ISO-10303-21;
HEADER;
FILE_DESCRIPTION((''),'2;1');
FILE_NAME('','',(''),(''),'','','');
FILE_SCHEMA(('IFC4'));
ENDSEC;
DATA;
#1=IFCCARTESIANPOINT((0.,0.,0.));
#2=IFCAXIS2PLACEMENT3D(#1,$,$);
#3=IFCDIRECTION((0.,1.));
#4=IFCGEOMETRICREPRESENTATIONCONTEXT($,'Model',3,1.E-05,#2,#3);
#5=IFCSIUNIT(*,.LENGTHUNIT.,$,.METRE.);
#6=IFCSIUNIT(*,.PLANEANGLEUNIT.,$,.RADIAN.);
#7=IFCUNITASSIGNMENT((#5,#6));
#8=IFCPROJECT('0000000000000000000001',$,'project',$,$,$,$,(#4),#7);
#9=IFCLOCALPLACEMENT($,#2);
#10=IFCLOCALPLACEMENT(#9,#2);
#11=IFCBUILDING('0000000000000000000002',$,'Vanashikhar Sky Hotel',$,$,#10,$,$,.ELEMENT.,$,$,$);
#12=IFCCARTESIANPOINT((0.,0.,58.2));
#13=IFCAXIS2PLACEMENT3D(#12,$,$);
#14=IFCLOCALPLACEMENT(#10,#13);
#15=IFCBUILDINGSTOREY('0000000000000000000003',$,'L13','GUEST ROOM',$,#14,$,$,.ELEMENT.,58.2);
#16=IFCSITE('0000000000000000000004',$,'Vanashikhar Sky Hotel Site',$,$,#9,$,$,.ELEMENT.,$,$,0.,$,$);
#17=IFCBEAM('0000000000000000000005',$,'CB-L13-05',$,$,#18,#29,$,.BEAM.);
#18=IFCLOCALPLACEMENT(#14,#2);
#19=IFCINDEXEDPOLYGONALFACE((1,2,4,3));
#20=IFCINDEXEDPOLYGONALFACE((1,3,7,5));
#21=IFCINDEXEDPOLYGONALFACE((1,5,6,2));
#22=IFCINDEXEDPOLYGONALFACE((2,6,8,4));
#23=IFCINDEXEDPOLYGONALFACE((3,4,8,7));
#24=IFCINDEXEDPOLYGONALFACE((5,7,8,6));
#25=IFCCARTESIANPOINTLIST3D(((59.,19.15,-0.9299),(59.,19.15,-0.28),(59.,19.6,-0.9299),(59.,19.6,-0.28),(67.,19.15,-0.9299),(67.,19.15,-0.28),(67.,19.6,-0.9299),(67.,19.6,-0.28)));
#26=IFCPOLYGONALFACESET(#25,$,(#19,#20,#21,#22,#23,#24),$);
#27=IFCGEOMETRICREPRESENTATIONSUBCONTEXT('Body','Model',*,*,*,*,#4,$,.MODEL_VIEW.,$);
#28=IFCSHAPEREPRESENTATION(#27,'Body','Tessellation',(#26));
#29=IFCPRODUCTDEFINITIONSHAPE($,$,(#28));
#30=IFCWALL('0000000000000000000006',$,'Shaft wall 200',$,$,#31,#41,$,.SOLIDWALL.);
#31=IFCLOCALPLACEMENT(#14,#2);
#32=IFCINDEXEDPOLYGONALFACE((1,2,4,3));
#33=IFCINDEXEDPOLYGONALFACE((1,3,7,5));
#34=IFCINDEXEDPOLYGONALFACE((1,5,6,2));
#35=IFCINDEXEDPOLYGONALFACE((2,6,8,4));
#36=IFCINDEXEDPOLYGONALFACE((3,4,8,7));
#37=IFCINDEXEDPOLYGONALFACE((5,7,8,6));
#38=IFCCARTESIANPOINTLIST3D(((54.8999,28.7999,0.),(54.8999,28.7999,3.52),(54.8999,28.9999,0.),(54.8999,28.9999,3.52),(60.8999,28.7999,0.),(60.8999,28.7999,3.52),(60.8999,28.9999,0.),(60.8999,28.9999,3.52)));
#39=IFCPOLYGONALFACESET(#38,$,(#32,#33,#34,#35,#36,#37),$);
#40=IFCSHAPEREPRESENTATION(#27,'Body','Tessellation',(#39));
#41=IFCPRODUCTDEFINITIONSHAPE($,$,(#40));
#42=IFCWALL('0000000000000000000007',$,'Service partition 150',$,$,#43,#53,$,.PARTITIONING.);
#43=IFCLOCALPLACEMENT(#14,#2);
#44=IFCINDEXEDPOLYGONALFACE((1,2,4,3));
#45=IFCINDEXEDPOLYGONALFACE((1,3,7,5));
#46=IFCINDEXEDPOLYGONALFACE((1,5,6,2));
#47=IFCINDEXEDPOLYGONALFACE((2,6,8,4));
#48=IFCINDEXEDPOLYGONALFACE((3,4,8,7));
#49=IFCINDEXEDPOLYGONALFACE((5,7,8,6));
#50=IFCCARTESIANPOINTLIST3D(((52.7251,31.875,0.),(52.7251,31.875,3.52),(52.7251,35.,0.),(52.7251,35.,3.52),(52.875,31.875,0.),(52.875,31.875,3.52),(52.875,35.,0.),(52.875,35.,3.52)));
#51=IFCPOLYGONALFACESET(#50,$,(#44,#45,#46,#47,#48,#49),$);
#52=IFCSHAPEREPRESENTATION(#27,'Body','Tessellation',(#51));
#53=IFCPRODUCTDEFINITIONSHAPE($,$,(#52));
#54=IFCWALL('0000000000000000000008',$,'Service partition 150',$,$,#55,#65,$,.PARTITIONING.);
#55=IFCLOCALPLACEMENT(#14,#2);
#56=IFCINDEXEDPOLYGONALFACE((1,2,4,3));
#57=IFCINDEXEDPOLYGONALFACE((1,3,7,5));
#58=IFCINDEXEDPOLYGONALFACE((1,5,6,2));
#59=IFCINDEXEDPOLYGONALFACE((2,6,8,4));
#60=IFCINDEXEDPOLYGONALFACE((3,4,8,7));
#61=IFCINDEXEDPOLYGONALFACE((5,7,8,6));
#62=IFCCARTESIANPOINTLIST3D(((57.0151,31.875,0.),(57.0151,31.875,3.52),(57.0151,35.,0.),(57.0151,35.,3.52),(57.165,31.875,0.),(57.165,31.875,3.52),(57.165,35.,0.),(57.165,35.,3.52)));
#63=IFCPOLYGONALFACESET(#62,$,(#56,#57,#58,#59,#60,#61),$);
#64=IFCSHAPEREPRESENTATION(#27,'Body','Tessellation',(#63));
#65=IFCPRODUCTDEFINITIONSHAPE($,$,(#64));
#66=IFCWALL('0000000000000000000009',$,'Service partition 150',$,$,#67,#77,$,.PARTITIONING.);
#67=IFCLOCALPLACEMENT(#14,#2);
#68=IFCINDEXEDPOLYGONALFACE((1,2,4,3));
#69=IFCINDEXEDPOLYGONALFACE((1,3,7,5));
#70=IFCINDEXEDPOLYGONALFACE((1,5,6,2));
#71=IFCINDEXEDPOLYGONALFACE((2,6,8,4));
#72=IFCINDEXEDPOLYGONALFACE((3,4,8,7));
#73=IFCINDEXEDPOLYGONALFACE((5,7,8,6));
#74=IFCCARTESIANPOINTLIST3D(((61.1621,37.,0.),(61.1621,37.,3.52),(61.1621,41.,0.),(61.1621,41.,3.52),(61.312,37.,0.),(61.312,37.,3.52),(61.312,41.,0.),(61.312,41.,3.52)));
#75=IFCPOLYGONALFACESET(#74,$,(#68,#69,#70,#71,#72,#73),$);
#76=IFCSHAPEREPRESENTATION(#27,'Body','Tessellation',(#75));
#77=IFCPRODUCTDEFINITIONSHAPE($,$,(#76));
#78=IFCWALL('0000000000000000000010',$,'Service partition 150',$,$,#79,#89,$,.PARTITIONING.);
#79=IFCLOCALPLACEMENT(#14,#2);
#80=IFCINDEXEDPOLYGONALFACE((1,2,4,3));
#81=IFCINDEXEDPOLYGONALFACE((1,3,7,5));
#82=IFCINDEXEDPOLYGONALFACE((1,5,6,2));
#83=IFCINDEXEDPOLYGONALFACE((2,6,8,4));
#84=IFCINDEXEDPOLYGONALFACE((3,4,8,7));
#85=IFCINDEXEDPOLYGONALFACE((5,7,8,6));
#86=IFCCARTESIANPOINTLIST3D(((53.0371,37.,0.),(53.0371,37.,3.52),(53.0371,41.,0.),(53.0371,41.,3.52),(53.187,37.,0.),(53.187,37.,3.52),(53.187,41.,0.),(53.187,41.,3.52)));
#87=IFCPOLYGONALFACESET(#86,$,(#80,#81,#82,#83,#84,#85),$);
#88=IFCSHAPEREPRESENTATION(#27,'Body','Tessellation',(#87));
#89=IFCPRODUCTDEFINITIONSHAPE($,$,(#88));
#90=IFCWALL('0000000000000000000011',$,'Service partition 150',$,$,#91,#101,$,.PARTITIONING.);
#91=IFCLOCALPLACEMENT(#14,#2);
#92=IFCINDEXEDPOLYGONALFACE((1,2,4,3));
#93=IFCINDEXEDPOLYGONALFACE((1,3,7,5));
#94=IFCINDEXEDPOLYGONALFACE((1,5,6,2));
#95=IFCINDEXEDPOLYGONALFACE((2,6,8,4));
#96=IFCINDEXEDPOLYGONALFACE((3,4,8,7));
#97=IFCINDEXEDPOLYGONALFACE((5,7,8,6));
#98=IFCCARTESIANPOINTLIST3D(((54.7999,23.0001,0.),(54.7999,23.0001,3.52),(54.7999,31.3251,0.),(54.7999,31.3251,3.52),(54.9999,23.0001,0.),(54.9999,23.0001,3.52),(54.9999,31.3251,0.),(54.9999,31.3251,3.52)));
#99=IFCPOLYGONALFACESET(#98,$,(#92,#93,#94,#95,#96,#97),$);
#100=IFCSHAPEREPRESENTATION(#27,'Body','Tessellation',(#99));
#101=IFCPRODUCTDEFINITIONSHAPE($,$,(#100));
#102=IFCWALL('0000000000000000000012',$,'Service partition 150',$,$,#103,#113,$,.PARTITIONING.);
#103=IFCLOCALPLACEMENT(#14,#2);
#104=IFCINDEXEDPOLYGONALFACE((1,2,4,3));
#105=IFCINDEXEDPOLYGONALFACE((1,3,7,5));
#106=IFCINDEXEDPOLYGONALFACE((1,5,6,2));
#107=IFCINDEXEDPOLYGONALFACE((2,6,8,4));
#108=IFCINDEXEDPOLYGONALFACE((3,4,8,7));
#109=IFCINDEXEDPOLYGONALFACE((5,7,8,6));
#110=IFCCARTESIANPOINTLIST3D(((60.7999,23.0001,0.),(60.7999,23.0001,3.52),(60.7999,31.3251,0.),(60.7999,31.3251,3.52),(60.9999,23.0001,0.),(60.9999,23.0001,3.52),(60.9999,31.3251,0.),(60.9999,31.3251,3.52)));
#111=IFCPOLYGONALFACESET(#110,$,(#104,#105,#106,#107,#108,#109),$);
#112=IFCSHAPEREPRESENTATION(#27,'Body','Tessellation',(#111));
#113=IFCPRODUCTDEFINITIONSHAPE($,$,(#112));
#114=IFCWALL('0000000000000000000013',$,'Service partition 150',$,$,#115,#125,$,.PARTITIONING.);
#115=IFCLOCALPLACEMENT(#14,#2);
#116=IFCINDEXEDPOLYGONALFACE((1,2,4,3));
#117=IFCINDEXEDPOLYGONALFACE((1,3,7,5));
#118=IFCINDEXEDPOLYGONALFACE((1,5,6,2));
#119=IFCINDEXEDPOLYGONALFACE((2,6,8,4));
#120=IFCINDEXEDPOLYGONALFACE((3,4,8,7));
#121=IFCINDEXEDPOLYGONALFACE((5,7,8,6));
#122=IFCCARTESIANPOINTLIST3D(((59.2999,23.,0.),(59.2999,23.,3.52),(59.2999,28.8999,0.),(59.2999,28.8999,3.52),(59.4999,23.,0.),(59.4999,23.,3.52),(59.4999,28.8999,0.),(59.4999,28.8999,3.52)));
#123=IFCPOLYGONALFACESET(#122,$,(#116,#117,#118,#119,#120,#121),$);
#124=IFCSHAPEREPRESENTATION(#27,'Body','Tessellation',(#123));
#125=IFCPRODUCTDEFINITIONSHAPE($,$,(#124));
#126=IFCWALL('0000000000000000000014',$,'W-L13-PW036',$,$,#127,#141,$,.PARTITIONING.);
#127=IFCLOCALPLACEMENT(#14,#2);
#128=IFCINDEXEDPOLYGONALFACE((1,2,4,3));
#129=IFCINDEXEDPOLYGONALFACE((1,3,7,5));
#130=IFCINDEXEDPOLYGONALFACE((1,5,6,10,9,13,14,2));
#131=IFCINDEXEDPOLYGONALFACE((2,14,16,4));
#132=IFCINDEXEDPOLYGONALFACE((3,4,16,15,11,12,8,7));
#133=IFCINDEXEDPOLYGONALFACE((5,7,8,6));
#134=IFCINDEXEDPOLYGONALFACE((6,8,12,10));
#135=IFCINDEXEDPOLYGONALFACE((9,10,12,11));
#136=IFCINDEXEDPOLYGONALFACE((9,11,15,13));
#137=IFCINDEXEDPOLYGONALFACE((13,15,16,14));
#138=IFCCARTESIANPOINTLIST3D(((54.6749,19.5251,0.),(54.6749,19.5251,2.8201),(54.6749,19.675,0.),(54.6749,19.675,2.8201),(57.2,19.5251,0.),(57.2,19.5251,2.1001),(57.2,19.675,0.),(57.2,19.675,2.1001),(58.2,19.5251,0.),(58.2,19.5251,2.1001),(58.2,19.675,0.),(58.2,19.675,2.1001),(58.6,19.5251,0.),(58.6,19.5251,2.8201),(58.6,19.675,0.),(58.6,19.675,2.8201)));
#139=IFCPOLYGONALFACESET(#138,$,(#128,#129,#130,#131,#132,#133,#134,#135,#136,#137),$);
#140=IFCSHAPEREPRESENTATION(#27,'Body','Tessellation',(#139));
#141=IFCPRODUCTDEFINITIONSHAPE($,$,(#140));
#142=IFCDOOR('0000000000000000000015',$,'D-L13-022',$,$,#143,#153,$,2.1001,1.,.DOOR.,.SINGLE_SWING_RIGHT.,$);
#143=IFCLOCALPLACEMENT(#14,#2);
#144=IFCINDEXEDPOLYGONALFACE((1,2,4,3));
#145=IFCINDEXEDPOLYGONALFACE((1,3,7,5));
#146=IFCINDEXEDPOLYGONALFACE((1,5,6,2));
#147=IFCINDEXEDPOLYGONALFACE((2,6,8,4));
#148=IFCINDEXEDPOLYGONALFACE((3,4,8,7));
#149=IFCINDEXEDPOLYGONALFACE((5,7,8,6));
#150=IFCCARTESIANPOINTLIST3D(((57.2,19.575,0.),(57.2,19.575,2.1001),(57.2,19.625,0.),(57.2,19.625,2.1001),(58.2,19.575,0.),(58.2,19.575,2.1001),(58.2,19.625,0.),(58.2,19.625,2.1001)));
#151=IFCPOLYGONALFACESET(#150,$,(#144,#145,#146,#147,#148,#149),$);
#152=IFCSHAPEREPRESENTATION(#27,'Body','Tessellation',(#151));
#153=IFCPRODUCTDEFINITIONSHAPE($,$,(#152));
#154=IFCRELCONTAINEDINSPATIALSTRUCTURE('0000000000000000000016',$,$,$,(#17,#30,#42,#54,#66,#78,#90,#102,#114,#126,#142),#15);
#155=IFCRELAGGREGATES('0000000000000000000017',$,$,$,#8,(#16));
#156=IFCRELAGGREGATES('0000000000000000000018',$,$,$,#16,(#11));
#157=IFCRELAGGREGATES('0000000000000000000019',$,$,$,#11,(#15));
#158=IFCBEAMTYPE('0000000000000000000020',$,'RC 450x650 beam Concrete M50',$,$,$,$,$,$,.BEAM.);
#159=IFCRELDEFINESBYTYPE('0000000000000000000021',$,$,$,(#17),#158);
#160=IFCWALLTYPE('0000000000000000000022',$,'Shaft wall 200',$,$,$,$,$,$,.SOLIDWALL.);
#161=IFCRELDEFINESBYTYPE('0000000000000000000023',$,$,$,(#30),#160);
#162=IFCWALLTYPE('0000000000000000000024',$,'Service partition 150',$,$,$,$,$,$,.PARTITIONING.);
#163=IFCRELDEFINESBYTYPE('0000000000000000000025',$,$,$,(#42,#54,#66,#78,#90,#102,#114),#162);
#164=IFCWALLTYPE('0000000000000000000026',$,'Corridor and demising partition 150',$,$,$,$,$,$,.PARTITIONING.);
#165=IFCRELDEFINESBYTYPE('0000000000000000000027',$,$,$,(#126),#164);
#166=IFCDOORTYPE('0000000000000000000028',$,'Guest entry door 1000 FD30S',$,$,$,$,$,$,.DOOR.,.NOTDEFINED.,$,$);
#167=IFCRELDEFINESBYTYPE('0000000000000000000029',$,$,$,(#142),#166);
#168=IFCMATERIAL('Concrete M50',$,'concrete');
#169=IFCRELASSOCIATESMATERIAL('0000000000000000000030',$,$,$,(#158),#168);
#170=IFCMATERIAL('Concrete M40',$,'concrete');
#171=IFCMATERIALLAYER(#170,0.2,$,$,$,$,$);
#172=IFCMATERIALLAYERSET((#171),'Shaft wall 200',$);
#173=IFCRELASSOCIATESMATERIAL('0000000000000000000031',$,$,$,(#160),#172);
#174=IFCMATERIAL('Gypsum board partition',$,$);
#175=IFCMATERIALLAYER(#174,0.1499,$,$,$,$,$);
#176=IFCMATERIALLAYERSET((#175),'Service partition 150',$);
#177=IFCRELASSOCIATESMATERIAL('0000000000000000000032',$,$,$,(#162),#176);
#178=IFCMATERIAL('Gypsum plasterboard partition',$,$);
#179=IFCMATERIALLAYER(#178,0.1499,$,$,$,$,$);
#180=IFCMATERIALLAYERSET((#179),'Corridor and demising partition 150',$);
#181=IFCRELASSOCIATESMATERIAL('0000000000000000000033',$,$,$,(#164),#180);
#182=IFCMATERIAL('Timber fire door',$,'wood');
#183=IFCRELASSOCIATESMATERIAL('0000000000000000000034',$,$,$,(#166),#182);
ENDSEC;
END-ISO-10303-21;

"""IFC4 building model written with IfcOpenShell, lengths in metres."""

from ifc_helpers import new_model, si_unit, direction, frame, frame_2d, origin, origin_2d, place, context, subcontext, project, spatial, rectangle, extrude, source, transform, mapped, material, layer, layer_set, material_profile, profile_set, type_object, element, fill, save


model = new_model("IFC4")

# Units and contexts
model_context = context("Model", 3, precision=1e-05, world=origin(), true_north=direction((0.0, 1.0)))
body_context = subcontext(model_context, "Body", "Model", "MODEL_VIEW")
ifc_project = project(units=[si_unit("LENGTHUNIT", "METRE"), si_unit("PLANEANGLEUNIT", "RADIAN")], contexts=[model_context])

# Site, building, storey
site_placement = place(None, origin())
site = spatial("IfcSite", under=ifc_project, at=site_placement, Name="Vanashikhar Sky Hotel Site", CompositionType="ELEMENT", RefElevation=0.0)
building_placement = place(site_placement, origin())
building = spatial("IfcBuilding", under=site, at=building_placement, Name="Vanashikhar Sky Hotel", CompositionType="ELEMENT")
storey_placement = place(building_placement, frame((0.0, 0.0, 58.2)))
storey = spatial("IfcBuildingStorey", under=building, at=storey_placement, Name="L13", Description="GUEST ROOM", CompositionType="ELEMENT", Elevation=58.2)

# Beam
ifc_material_1 = material(Name="Concrete M50", Category="concrete")
ifc_material_profile = material_profile(ifc_material_1, rectangle(XDim=0.45, YDim=0.6499, at=origin_2d()))
ifc_profile_set = profile_set([ifc_material_profile], Name="RC 450x650 beam Concrete M50")
beam_type = type_object("IfcBeamType", Name="RC 450x650 beam Concrete M50", PredefinedType="BEAM", material=ifc_profile_set)
shared_shape_1 = source(origin(), body_context, "Body", "SweptSolid", [
    extrude(rectangle(XDim=0.45, YDim=0.6499, at=origin_2d()), origin(), (0.0, 0.0, 1.0), 8.0),
])
beam_placement = place(storey_placement, frame((59.0, 19.375, -0.605), z_axis=(1.0, 0.0, 0.0), x_axis=(0.0, 1.0, 0.0)))
element("IfcBeam", 1, at=beam_placement, inside=storey, type_object=beam_type, Name="CB-L13-05", PredefinedType="BEAM", context=body_context, shape_type="MappedRepresentation", body=[
    mapped(shared_shape_1, transform((0.0, 0.0, 0.0), scale=1.0)),
])

# Walls
ifc_material_2 = material(Name="Concrete M40", Category="concrete")
ifc_layer_1 = layer(ifc_material_2, 0.2)
ifc_layer_set_1 = layer_set([ifc_layer_1], Name="Shaft wall 200")
wall_type_1 = type_object("IfcWallType", Name="Shaft wall 200", PredefinedType="SOLIDWALL", material=ifc_layer_set_1)
shared_shape_2 = source(origin(), body_context, "Body", "SweptSolid", [
    extrude(rectangle(XDim=6.0, YDim=0.2, at=frame_2d((3.0, 0.0))), origin(), (0.0, 0.0, 1.0), 3.52),
])
wall_1_placement = place(storey_placement, frame((60.8999, 28.8999, 0.0), z_axis=(0.0, 0.0, 1.0), x_axis=(-1.0, 0.0, 0.0)))
element("IfcWall", 2, at=wall_1_placement, inside=storey, type_object=wall_type_1, Name="Shaft wall 200", PredefinedType="SOLIDWALL", context=body_context, shape_type="MappedRepresentation", body=[
    mapped(shared_shape_2, transform((0.0, 0.0, 0.0), scale=1.0)),
])
ifc_material_3 = material(Name="Gypsum board partition")
ifc_layer_2 = layer(ifc_material_3, 0.1499)
ifc_layer_set_2 = layer_set([ifc_layer_2], Name="Service partition 150")
wall_type_2 = type_object("IfcWallType", Name="Service partition 150", PredefinedType="PARTITIONING", material=ifc_layer_set_2)
shared_shape_3 = source(origin(), body_context, "Body", "SweptSolid", [
    extrude(rectangle(XDim=3.125, YDim=0.1499, at=frame_2d((1.5625, 0.0))), origin(), (0.0, 0.0, 1.0), 3.52),
])
for number, where, z_axis, x_axis, name in (
    (3, (52.8, 31.875, 0.0), (0.0, 0.0, 1.0), (0.0, 1.0, 0.0), "Service partition 150"),
    (4, (57.0901, 31.875, 0.0), (0.0, 0.0, 1.0), (0.0, 1.0, 0.0), "Service partition 150"),
):
    element("IfcWall", number, at=place(storey_placement, frame(where, z_axis=z_axis, x_axis=x_axis)), inside=storey, type_object=wall_type_2, Name=name, PredefinedType="PARTITIONING", context=body_context, shape_type="MappedRepresentation", body=[
        mapped(shared_shape_3, transform((0.0, 0.0, 0.0), scale=1.0)),
    ])
shared_shape_4 = source(origin(), body_context, "Body", "SweptSolid", [
    extrude(rectangle(XDim=4.0, YDim=0.1499, at=frame_2d((2.0, 0.0))), origin(), (0.0, 0.0, 1.0), 3.52),
])
for number, where, z_axis, x_axis, name in (
    (5, (61.2371, 37.0, 0.0), (0.0, 0.0, 1.0), (0.0, 1.0, 0.0), "Service partition 150"),
    (6, (53.1121, 37.0, 0.0), (0.0, 0.0, 1.0), (0.0, 1.0, 0.0), "Service partition 150"),
):
    element("IfcWall", number, at=place(storey_placement, frame(where, z_axis=z_axis, x_axis=x_axis)), inside=storey, type_object=wall_type_2, Name=name, PredefinedType="PARTITIONING", context=body_context, shape_type="MappedRepresentation", body=[
        mapped(shared_shape_4, transform((0.0, 0.0, 0.0), scale=1.0)),
    ])
shared_shape_5 = source(origin(), body_context, "Body", "SweptSolid", [
    extrude(rectangle(XDim=8.325, YDim=0.2, at=frame_2d((4.1626, 0.0))), origin(), (0.0, 0.0, 1.0), 3.52),
])
for number, where, z_axis, x_axis, name in (
    (7, (54.8999, 23.0, 0.0), (0.0, 0.0, 1.0), (0.0, 1.0, 0.0), "Service partition 150"),
    (8, (60.8999, 23.0, 0.0), (0.0, 0.0, 1.0), (0.0, 1.0, 0.0), "Service partition 150"),
):
    element("IfcWall", number, at=place(storey_placement, frame(where, z_axis=z_axis, x_axis=x_axis)), inside=storey, type_object=wall_type_2, Name=name, PredefinedType="PARTITIONING", context=body_context, shape_type="MappedRepresentation", body=[
        mapped(shared_shape_5, transform((0.0, 0.0, 0.0), scale=1.0)),
    ])
shared_shape_6 = source(origin(), body_context, "Body", "SweptSolid", [
    extrude(rectangle(XDim=5.8999, YDim=0.2, at=frame_2d((2.95, 0.0))), origin(), (0.0, 0.0, 1.0), 3.52),
])
wall_2_placement = place(storey_placement, frame((59.3999, 23.0, 0.0), z_axis=(0.0, 0.0, 1.0), x_axis=(0.0, 1.0, 0.0)))
element("IfcWall", 9, at=wall_2_placement, inside=storey, type_object=wall_type_2, Name="Service partition 150", PredefinedType="PARTITIONING", context=body_context, shape_type="MappedRepresentation", body=[
    mapped(shared_shape_6, transform((0.0, 0.0, 0.0), scale=1.0)),
])

# Wall, opening, door
ifc_material_4 = material(Name="Gypsum plasterboard partition")
ifc_layer_3 = layer(ifc_material_4, 0.1499)
ifc_layer_set_3 = layer_set([ifc_layer_3], Name="Corridor and demising partition 150")
wall_type_3 = type_object("IfcWallType", Name="Corridor and demising partition 150", PredefinedType="PARTITIONING", material=ifc_layer_set_3)
shared_shape_7 = source(origin(), body_context, "Body", "SweptSolid", [
    extrude(rectangle(XDim=3.925, YDim=0.1499, at=frame_2d((1.9624, 0.0))), origin(), (0.0, 0.0, 1.0), 2.8201),
])
wall_3_placement = place(storey_placement, frame((54.675, 19.6001, 0.0), z_axis=(0.0, 0.0, 1.0), x_axis=(1.0, 0.0, 0.0)))
wall_3 = element("IfcWall", 10, at=wall_3_placement, inside=storey, type_object=wall_type_3, Name="W-L13-PW036", PredefinedType="PARTITIONING", context=body_context, shape_type="MappedRepresentation", body=[
    mapped(shared_shape_7, transform((0.0, 0.0, 0.0), scale=1.0)),
])
shared_shape_8 = source(origin(), body_context, "Body", "SweptSolid", [
    extrude(rectangle(XDim=1.0, YDim=2.1001, at=frame_2d((0.5, 1.05))), frame((0.0, 0.085, 0.0), z_axis=(0.0, -1.0, 0.0), x_axis=(1.0, 0.0, 0.0)), (0.0, 0.0, 1.0), 0.1699),
])
opening_1_placement = place(wall_3_placement, frame((2.5249, 0.0, 0.0)))
opening_1 = element("IfcOpeningElement", 11, at=opening_1_placement, cuts=wall_3, PredefinedType="OPENING", context=body_context, shape_type="MappedRepresentation", body=[
    mapped(shared_shape_8, transform((0.0, 0.0, 0.0), scale=1.0)),
])
ifc_material_5 = material(Name="Timber fire door", Category="wood")
door_type = type_object("IfcDoorType", Name="Guest entry door 1000 FD30S", OperationType="NOTDEFINED", PredefinedType="DOOR", material=ifc_material_5)
shared_shape_9 = source(origin(), body_context, "Body", "SweptSolid", [
    extrude(rectangle(XDim=1.0, YDim=2.1001, at=frame_2d((0.5, 1.05))), frame((0.0, 0.0249, 0.0), z_axis=(0.0, -1.0, 0.0), x_axis=(1.0, 0.0, 0.0)), (0.0, 0.0, 1.0), 0.05),
])
door_1_placement = place(opening_1_placement, origin())
door_1 = element("IfcDoor", 12, at=door_1_placement, inside=storey, type_object=door_type, Name="D-L13-022", OperationType="SINGLE_SWING_RIGHT", OverallHeight=2.1001, OverallWidth=1.0, PredefinedType="DOOR", context=body_context, shape_type="MappedRepresentation", body=[
    mapped(shared_shape_9, transform((0.0, 0.0, 0.0), scale=1.0)),
])
fill(opening_1, door_1)

save(model, "model.ifc")
